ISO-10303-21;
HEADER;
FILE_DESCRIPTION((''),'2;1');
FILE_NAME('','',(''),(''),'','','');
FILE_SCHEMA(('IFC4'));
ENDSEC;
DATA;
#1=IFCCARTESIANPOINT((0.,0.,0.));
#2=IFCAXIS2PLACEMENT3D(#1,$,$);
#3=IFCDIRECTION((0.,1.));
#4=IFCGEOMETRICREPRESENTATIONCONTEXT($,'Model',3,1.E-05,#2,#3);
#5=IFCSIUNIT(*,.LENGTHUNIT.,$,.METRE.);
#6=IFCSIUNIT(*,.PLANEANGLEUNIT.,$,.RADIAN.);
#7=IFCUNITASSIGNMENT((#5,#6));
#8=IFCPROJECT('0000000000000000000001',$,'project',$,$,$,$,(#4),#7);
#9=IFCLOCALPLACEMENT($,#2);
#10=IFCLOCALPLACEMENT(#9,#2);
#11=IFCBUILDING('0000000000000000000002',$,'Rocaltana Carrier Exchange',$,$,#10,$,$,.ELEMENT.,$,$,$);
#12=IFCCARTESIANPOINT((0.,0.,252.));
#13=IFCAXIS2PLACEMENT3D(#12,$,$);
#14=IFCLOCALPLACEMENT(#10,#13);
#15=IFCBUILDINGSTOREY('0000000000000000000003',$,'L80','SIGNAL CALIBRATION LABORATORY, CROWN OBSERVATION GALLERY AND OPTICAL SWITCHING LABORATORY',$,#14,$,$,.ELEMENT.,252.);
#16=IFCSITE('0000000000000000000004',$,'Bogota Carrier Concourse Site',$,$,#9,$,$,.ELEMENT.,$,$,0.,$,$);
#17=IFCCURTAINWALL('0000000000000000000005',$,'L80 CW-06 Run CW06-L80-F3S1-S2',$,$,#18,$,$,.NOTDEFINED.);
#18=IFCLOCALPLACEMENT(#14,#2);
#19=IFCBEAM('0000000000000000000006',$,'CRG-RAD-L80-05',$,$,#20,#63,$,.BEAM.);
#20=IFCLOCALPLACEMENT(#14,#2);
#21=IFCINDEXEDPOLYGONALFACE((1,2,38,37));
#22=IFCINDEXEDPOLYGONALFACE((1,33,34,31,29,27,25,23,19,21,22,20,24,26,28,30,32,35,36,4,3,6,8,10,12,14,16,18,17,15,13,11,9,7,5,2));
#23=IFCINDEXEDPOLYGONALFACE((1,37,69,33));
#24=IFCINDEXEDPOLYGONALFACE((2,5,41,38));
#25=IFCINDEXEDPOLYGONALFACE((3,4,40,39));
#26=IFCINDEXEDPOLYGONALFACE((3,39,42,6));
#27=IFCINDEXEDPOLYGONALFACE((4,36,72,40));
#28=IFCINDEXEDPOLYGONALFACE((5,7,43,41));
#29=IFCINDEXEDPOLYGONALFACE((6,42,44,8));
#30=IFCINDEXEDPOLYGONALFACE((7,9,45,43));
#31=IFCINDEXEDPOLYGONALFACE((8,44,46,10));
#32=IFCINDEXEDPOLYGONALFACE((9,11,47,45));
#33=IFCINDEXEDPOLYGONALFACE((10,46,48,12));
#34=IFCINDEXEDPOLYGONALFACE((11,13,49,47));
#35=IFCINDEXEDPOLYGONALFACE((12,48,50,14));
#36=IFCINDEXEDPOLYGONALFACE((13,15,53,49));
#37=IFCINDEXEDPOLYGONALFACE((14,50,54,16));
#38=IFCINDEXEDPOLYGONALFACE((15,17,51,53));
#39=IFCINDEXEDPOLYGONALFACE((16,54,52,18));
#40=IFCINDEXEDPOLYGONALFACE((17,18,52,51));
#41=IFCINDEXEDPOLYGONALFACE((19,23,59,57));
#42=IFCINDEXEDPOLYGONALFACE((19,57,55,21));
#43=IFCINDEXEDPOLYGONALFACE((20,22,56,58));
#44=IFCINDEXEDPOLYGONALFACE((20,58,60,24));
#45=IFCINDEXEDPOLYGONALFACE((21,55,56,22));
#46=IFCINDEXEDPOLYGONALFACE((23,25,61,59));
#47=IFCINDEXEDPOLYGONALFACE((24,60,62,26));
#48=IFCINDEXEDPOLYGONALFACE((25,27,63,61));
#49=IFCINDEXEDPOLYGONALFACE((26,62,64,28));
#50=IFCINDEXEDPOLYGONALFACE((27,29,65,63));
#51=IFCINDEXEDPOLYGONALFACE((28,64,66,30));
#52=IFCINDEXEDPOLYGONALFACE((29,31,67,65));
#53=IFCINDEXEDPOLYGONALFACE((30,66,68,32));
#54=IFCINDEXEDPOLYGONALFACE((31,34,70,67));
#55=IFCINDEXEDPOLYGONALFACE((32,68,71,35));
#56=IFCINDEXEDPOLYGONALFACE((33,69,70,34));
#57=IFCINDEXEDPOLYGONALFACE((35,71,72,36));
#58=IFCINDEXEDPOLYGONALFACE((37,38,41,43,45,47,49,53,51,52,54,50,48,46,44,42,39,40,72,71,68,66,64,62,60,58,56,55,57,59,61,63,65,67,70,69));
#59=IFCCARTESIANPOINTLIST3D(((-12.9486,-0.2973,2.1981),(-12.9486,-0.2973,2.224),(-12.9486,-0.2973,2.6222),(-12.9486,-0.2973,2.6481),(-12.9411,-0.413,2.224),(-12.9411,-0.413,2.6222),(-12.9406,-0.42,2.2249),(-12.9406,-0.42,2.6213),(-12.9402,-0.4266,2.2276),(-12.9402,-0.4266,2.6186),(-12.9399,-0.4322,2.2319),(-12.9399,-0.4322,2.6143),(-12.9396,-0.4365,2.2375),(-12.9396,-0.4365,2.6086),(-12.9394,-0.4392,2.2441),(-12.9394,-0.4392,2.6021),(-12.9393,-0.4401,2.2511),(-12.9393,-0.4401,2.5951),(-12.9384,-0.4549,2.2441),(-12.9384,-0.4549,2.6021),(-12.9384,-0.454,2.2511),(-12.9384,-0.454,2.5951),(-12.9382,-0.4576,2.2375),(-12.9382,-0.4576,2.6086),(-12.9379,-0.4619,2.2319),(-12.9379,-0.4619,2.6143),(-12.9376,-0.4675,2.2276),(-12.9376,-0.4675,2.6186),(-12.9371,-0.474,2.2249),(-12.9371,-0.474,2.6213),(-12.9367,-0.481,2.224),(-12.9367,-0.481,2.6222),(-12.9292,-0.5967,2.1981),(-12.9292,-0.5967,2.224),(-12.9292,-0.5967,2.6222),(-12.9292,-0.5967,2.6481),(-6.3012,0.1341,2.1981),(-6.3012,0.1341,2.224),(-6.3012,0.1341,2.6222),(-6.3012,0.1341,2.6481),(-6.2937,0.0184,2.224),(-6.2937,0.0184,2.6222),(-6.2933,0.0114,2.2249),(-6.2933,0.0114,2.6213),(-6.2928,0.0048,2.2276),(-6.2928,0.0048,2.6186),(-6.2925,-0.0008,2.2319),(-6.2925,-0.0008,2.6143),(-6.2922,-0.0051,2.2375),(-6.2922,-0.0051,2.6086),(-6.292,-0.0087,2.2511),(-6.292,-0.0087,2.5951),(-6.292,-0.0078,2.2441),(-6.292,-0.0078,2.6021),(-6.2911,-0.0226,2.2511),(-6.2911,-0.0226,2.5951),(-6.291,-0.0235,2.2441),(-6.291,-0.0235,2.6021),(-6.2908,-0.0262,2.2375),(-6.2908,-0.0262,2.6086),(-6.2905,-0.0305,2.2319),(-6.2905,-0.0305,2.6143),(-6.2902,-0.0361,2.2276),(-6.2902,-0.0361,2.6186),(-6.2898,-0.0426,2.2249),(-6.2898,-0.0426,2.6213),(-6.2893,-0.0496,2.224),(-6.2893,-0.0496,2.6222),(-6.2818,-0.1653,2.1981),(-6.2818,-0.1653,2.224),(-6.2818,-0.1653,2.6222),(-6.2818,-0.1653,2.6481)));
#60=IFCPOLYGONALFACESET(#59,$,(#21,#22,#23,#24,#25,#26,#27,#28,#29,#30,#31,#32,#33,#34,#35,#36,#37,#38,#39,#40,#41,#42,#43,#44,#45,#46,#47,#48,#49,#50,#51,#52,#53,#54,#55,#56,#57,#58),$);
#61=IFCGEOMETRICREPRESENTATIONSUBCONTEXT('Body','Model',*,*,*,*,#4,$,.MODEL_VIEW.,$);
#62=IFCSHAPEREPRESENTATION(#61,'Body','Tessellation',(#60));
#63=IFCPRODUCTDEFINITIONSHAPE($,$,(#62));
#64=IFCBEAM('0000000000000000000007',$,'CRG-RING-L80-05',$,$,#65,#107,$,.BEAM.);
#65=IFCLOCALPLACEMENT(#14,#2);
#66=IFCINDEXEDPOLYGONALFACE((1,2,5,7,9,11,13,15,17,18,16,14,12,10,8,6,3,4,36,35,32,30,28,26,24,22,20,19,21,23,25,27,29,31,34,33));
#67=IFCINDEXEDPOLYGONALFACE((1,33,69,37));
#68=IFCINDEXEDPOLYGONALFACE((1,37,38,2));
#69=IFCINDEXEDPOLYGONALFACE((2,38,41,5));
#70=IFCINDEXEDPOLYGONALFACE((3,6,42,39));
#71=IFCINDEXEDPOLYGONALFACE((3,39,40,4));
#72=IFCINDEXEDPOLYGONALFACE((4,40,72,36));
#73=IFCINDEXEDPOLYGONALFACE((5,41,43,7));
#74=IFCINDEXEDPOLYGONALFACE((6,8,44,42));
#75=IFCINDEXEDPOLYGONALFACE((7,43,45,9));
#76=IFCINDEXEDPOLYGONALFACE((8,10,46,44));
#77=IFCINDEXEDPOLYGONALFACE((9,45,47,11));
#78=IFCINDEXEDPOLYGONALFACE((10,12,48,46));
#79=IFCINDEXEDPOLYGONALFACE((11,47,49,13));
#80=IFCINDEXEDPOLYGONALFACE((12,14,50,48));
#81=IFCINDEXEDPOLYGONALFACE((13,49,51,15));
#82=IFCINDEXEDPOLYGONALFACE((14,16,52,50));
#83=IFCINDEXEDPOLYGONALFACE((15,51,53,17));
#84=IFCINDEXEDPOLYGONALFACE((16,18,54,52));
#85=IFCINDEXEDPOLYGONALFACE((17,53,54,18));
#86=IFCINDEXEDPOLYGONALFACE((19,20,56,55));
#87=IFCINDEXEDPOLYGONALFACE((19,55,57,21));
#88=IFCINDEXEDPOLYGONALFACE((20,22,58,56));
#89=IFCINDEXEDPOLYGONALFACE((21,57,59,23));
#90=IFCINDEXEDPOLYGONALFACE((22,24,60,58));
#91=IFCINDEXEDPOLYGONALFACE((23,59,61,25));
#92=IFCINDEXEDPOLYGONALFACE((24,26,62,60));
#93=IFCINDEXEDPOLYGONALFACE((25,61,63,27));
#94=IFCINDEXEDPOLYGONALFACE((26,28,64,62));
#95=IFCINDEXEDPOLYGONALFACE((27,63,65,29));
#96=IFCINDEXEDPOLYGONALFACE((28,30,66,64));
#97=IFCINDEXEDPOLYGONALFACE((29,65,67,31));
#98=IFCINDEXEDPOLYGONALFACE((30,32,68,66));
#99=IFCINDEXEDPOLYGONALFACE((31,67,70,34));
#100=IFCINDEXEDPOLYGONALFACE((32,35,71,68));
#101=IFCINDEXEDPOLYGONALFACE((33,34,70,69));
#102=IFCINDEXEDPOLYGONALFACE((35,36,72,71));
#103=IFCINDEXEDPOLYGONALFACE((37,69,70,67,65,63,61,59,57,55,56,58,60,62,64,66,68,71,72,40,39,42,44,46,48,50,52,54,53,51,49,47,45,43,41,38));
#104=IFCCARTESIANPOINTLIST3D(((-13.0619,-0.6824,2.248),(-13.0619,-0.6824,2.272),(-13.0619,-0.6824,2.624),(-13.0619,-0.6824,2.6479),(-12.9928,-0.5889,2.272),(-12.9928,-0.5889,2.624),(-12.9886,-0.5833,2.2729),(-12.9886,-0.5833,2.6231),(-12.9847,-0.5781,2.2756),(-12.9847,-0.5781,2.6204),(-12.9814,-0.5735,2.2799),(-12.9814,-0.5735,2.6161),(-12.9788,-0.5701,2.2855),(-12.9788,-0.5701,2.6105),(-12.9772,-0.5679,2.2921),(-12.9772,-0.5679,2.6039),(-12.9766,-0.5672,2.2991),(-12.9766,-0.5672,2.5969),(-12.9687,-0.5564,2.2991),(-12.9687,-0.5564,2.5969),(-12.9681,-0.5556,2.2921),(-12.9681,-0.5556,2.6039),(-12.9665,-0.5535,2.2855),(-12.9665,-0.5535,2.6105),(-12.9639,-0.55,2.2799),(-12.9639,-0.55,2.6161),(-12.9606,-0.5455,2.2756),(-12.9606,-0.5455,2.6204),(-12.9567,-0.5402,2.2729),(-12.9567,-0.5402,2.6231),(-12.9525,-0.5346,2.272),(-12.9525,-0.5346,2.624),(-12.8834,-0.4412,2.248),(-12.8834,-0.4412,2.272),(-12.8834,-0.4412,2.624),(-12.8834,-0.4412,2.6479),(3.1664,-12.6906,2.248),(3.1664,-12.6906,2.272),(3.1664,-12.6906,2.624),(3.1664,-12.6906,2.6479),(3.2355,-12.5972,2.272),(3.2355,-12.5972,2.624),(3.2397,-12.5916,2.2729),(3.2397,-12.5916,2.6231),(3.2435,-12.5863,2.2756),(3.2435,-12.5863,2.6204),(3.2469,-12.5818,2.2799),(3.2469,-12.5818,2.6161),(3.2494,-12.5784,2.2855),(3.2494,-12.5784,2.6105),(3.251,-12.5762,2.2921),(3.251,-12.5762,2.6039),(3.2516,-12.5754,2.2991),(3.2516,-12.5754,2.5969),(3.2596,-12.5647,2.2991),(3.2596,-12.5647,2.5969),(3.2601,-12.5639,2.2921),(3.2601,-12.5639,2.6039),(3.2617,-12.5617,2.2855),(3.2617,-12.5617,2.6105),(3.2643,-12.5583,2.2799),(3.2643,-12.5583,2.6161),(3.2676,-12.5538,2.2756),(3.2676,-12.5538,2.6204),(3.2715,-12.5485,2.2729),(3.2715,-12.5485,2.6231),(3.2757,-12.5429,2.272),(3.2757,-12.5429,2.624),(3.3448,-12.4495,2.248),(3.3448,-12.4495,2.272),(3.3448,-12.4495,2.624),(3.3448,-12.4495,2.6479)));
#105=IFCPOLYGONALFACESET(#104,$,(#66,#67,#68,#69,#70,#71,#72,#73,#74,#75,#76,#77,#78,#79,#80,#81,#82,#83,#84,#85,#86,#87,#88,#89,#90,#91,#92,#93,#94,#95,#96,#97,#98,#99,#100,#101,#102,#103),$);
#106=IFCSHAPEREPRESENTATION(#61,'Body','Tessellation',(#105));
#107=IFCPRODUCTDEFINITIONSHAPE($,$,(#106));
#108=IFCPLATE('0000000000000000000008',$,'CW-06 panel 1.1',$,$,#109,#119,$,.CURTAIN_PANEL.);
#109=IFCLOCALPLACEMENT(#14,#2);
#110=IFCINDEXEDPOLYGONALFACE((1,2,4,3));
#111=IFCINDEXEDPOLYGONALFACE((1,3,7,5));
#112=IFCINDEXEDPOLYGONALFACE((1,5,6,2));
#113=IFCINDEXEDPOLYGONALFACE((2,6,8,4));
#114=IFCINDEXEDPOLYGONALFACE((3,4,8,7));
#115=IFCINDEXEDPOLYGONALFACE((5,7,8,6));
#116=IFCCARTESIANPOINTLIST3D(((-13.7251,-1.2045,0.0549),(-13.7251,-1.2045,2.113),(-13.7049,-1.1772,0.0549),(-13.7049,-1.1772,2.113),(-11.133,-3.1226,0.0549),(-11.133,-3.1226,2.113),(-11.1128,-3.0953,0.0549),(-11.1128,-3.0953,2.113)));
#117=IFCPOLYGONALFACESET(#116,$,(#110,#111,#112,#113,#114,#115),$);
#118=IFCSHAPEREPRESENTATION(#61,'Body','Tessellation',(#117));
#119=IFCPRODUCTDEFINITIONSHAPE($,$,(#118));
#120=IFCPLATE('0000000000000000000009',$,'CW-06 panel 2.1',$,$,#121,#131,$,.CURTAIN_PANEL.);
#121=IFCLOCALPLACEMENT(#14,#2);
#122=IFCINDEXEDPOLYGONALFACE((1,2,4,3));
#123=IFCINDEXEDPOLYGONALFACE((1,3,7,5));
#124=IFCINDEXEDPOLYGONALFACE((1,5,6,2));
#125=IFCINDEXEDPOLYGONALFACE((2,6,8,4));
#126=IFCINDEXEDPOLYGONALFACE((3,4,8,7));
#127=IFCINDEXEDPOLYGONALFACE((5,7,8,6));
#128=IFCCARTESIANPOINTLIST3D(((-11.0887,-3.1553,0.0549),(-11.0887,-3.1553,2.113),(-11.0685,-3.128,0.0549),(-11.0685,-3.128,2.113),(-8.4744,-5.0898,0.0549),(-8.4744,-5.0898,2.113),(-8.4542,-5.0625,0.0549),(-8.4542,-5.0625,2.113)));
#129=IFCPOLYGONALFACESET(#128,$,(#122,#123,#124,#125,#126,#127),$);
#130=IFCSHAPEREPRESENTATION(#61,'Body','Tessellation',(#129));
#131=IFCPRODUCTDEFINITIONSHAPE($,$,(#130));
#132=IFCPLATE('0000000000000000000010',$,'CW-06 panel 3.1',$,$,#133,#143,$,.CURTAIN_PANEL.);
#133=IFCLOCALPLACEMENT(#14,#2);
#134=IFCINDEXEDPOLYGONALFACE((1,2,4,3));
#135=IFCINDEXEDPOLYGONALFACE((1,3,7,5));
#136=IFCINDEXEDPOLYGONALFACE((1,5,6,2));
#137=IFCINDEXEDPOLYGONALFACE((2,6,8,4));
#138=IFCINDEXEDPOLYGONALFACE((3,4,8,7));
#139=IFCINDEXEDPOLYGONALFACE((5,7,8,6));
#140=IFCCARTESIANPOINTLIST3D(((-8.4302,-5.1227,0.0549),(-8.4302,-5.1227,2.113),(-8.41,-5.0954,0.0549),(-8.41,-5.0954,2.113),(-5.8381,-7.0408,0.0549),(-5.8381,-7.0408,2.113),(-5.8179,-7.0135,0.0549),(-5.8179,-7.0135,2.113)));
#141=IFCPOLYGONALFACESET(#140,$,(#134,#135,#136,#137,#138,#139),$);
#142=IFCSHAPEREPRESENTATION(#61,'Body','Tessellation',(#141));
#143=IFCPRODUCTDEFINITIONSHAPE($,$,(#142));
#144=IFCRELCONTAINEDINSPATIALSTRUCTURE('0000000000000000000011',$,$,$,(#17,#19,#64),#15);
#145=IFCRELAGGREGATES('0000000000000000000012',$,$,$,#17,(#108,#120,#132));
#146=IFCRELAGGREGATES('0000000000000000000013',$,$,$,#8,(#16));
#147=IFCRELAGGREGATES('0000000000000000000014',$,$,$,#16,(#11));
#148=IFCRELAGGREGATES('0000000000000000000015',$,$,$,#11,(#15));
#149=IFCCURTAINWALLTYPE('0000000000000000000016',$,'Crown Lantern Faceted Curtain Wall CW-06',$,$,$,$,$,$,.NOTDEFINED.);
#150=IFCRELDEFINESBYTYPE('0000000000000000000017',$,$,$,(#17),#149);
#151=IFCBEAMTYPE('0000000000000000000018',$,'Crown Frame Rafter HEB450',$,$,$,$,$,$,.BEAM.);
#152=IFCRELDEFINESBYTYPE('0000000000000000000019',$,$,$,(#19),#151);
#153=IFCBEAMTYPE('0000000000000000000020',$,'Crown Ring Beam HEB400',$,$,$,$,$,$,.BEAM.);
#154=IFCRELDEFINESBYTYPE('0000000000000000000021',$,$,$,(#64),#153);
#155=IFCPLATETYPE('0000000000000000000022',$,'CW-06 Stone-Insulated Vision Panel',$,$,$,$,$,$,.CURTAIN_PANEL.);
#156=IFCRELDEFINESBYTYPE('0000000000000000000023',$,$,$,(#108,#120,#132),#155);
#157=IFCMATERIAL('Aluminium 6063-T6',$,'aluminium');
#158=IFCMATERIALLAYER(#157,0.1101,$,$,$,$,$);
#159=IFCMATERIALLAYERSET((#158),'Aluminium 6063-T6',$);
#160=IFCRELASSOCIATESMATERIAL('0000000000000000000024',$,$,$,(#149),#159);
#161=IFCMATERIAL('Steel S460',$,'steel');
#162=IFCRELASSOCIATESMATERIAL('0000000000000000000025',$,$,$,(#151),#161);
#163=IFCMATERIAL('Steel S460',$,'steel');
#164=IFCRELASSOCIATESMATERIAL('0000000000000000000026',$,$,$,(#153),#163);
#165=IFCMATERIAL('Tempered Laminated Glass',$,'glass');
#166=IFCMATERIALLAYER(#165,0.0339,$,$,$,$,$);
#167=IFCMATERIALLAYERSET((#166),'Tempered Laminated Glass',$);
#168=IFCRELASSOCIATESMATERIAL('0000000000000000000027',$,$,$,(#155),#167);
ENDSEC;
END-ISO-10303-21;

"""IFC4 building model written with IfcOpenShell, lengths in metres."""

from ifc_helpers import new_model, si_unit, direction, frame, origin, origin_2d, place, context, subcontext, project, spatial, rectangle, i_section, extrude, material, layer, layer_set, material_profile, profile_set, type_object, element, aggregate, save


model = new_model("IFC4")

# Units and contexts
model_context = context("Model", 3, precision=1e-05, world=origin(), true_north=direction((0.0, 1.0)))
body_context = subcontext(model_context, "Body", "Model", "MODEL_VIEW")
ifc_project = project(units=[si_unit("LENGTHUNIT", "METRE"), si_unit("PLANEANGLEUNIT", "RADIAN")], contexts=[model_context])

# Site, building, storey
site_placement = place(None, origin())
site = spatial("IfcSite", under=ifc_project, at=site_placement, Name="Bogota Carrier Concourse Site", CompositionType="ELEMENT", RefElevation=0.0)
building_placement = place(site_placement, origin())
building = spatial("IfcBuilding", under=site, at=building_placement, Name="Rocaltana Carrier Exchange", CompositionType="ELEMENT")
storey_placement = place(building_placement, frame((0.0, 0.0, 252.0)))
storey = spatial("IfcBuildingStorey", under=building, at=storey_placement, Name="L80", Description="SIGNAL CALIBRATION LABORATORY, CROWN OBSERVATION GALLERY AND OPTICAL SWITCHING LABORATORY", CompositionType="ELEMENT", Elevation=252.0)

# Shared definitions
ifc_material_1 = material(Name="Aluminium 6063-T6", Category="aluminium")
ifc_layer_1 = layer(ifc_material_1, 0.1101)
ifc_layer_set_1 = layer_set([ifc_layer_1], Name="Aluminium 6063-T6")
curtain_wall_type = type_object("IfcCurtainWallType", Name="Crown Lantern Faceted Curtain Wall CW-06", PredefinedType="NOTDEFINED", material=ifc_layer_set_1)

# Curtain wall
curtain_wall_1_placement = place(storey_placement, origin())
curtain_wall_1 = element("IfcCurtainWall", 1, at=curtain_wall_1_placement, inside=storey, type_object=curtain_wall_type, Name="L80 CW-06 Run CW06-L80-F3S1-S2", PredefinedType="NOTDEFINED")

# Beams
ifc_material_2 = material(Name="Steel S460", Category="steel")
ifc_material_profile_1 = material_profile(ifc_material_2, i_section(OverallWidth=0.3, OverallDepth=0.45, WebThickness=0.0139, FlangeThickness=0.0259, FilletRadius=0.0271, at=origin_2d()), Name="HEB450")
ifc_profile_set_1 = profile_set([ifc_material_profile_1], Name="Steel S460")
beam_type_1 = type_object("IfcBeamType", Name="Crown Frame Rafter HEB450", PredefinedType="BEAM", material=ifc_profile_set_1)
beam_1_placement = place(storey_placement, frame((-6.2915, -0.0156, 2.4231), z_axis=(-0.997901, -0.06476, 0.0), x_axis=(0.06476, -0.997901, 0.0)))
element("IfcBeam", 2, at=beam_1_placement, inside=storey, type_object=beam_type_1, Name="CRG-RAD-L80-05", PredefinedType="BEAM", context=body_context, shape_type="SweptSolid", body=[
    extrude(i_section(OverallWidth=0.3, OverallDepth=0.45, WebThickness=0.0139, FlangeThickness=0.0259, FilletRadius=0.0271, at=origin_2d()), origin(), (0.0, 0.0, 1.0), 6.6614),
])
ifc_material_3 = material(Name="Steel S460", Category="steel")
ifc_material_profile_2 = material_profile(ifc_material_3, i_section(OverallWidth=0.3, OverallDepth=0.3999, WebThickness=0.0134, FlangeThickness=0.0239, FilletRadius=0.0271, at=origin_2d()), Name="HEB400")
ifc_profile_set_2 = profile_set([ifc_material_profile_2], Name="Steel S460")
beam_type_2 = type_object("IfcBeamType", Name="Crown Ring Beam HEB400", PredefinedType="BEAM", material=ifc_profile_set_2)
beam_2_placement = place(storey_placement, frame((-12.9727, -0.5618, 2.448), z_axis=(0.803857, -0.594823, 0.0), x_axis=(0.594823, 0.803857, 0.0)))
element("IfcBeam", 3, at=beam_2_placement, inside=storey, type_object=beam_type_2, Name="CRG-RING-L80-05", PredefinedType="BEAM", context=body_context, shape_type="SweptSolid", body=[
    extrude(i_section(OverallWidth=0.3, OverallDepth=0.3999, WebThickness=0.0134, FlangeThickness=0.0239, FilletRadius=0.0271, at=origin_2d()), origin(), (0.0, 0.0, 1.0), 20.188),
])

# Plates
ifc_material_4 = material(Name="Tempered Laminated Glass", Category="glass")
ifc_layer_2 = layer(ifc_material_4, 0.0339)
ifc_layer_set_2 = layer_set([ifc_layer_2], Name="Tempered Laminated Glass")
plate_type = type_object("IfcPlateType", Name="CW-06 Stone-Insulated Vision Panel", PredefinedType="CURTAIN_PANEL", material=ifc_layer_set_2)
plate_1_placement = place(storey_placement, frame((-12.4189, -2.1499, 0.0549), z_axis=(0.0, 0.0, 1.0), x_axis=(0.803858, -0.594821, 0.0)))
plate_1 = element("IfcPlate", 4, at=plate_1_placement, type_object=plate_type, Name="CW-06 panel 1.1", PredefinedType="CURTAIN_PANEL", context=body_context, shape_type="SweptSolid", body=[
    extrude(rectangle(XDim=3.2246, YDim=0.0339, at=origin_2d()), origin(), (0.0, 0.0, 1.0), 2.0581),
])
plate_2_placement = place(storey_placement, frame((-9.7715, -4.1089, 0.0549), z_axis=(0.0, 0.0, 1.0), x_axis=(0.803858, -0.594821, 0.0)))
plate_2 = element("IfcPlate", 5, at=plate_2_placement, type_object=plate_type, Name="CW-06 panel 2.1", PredefinedType="CURTAIN_PANEL", context=body_context, shape_type="SweptSolid", body=[
    extrude(rectangle(XDim=3.2522, YDim=0.0339, at=origin_2d()), origin(), (0.0, 0.0, 1.0), 2.0581),
])
plate_3_placement = place(storey_placement, frame((-7.124, -6.0681, 0.0549), z_axis=(0.0, 0.0, 1.0), x_axis=(0.803858, -0.594821, 0.0)))
plate_3 = element("IfcPlate", 6, at=plate_3_placement, type_object=plate_type, Name="CW-06 panel 3.1", PredefinedType="CURTAIN_PANEL", context=body_context, shape_type="SweptSolid", body=[
    extrude(rectangle(XDim=3.2246, YDim=0.0339, at=origin_2d()), origin(), (0.0, 0.0, 1.0), 2.0581),
])
aggregate(curtain_wall_1, [plate_1, plate_2, plate_3])

save(model, "model.ifc")
